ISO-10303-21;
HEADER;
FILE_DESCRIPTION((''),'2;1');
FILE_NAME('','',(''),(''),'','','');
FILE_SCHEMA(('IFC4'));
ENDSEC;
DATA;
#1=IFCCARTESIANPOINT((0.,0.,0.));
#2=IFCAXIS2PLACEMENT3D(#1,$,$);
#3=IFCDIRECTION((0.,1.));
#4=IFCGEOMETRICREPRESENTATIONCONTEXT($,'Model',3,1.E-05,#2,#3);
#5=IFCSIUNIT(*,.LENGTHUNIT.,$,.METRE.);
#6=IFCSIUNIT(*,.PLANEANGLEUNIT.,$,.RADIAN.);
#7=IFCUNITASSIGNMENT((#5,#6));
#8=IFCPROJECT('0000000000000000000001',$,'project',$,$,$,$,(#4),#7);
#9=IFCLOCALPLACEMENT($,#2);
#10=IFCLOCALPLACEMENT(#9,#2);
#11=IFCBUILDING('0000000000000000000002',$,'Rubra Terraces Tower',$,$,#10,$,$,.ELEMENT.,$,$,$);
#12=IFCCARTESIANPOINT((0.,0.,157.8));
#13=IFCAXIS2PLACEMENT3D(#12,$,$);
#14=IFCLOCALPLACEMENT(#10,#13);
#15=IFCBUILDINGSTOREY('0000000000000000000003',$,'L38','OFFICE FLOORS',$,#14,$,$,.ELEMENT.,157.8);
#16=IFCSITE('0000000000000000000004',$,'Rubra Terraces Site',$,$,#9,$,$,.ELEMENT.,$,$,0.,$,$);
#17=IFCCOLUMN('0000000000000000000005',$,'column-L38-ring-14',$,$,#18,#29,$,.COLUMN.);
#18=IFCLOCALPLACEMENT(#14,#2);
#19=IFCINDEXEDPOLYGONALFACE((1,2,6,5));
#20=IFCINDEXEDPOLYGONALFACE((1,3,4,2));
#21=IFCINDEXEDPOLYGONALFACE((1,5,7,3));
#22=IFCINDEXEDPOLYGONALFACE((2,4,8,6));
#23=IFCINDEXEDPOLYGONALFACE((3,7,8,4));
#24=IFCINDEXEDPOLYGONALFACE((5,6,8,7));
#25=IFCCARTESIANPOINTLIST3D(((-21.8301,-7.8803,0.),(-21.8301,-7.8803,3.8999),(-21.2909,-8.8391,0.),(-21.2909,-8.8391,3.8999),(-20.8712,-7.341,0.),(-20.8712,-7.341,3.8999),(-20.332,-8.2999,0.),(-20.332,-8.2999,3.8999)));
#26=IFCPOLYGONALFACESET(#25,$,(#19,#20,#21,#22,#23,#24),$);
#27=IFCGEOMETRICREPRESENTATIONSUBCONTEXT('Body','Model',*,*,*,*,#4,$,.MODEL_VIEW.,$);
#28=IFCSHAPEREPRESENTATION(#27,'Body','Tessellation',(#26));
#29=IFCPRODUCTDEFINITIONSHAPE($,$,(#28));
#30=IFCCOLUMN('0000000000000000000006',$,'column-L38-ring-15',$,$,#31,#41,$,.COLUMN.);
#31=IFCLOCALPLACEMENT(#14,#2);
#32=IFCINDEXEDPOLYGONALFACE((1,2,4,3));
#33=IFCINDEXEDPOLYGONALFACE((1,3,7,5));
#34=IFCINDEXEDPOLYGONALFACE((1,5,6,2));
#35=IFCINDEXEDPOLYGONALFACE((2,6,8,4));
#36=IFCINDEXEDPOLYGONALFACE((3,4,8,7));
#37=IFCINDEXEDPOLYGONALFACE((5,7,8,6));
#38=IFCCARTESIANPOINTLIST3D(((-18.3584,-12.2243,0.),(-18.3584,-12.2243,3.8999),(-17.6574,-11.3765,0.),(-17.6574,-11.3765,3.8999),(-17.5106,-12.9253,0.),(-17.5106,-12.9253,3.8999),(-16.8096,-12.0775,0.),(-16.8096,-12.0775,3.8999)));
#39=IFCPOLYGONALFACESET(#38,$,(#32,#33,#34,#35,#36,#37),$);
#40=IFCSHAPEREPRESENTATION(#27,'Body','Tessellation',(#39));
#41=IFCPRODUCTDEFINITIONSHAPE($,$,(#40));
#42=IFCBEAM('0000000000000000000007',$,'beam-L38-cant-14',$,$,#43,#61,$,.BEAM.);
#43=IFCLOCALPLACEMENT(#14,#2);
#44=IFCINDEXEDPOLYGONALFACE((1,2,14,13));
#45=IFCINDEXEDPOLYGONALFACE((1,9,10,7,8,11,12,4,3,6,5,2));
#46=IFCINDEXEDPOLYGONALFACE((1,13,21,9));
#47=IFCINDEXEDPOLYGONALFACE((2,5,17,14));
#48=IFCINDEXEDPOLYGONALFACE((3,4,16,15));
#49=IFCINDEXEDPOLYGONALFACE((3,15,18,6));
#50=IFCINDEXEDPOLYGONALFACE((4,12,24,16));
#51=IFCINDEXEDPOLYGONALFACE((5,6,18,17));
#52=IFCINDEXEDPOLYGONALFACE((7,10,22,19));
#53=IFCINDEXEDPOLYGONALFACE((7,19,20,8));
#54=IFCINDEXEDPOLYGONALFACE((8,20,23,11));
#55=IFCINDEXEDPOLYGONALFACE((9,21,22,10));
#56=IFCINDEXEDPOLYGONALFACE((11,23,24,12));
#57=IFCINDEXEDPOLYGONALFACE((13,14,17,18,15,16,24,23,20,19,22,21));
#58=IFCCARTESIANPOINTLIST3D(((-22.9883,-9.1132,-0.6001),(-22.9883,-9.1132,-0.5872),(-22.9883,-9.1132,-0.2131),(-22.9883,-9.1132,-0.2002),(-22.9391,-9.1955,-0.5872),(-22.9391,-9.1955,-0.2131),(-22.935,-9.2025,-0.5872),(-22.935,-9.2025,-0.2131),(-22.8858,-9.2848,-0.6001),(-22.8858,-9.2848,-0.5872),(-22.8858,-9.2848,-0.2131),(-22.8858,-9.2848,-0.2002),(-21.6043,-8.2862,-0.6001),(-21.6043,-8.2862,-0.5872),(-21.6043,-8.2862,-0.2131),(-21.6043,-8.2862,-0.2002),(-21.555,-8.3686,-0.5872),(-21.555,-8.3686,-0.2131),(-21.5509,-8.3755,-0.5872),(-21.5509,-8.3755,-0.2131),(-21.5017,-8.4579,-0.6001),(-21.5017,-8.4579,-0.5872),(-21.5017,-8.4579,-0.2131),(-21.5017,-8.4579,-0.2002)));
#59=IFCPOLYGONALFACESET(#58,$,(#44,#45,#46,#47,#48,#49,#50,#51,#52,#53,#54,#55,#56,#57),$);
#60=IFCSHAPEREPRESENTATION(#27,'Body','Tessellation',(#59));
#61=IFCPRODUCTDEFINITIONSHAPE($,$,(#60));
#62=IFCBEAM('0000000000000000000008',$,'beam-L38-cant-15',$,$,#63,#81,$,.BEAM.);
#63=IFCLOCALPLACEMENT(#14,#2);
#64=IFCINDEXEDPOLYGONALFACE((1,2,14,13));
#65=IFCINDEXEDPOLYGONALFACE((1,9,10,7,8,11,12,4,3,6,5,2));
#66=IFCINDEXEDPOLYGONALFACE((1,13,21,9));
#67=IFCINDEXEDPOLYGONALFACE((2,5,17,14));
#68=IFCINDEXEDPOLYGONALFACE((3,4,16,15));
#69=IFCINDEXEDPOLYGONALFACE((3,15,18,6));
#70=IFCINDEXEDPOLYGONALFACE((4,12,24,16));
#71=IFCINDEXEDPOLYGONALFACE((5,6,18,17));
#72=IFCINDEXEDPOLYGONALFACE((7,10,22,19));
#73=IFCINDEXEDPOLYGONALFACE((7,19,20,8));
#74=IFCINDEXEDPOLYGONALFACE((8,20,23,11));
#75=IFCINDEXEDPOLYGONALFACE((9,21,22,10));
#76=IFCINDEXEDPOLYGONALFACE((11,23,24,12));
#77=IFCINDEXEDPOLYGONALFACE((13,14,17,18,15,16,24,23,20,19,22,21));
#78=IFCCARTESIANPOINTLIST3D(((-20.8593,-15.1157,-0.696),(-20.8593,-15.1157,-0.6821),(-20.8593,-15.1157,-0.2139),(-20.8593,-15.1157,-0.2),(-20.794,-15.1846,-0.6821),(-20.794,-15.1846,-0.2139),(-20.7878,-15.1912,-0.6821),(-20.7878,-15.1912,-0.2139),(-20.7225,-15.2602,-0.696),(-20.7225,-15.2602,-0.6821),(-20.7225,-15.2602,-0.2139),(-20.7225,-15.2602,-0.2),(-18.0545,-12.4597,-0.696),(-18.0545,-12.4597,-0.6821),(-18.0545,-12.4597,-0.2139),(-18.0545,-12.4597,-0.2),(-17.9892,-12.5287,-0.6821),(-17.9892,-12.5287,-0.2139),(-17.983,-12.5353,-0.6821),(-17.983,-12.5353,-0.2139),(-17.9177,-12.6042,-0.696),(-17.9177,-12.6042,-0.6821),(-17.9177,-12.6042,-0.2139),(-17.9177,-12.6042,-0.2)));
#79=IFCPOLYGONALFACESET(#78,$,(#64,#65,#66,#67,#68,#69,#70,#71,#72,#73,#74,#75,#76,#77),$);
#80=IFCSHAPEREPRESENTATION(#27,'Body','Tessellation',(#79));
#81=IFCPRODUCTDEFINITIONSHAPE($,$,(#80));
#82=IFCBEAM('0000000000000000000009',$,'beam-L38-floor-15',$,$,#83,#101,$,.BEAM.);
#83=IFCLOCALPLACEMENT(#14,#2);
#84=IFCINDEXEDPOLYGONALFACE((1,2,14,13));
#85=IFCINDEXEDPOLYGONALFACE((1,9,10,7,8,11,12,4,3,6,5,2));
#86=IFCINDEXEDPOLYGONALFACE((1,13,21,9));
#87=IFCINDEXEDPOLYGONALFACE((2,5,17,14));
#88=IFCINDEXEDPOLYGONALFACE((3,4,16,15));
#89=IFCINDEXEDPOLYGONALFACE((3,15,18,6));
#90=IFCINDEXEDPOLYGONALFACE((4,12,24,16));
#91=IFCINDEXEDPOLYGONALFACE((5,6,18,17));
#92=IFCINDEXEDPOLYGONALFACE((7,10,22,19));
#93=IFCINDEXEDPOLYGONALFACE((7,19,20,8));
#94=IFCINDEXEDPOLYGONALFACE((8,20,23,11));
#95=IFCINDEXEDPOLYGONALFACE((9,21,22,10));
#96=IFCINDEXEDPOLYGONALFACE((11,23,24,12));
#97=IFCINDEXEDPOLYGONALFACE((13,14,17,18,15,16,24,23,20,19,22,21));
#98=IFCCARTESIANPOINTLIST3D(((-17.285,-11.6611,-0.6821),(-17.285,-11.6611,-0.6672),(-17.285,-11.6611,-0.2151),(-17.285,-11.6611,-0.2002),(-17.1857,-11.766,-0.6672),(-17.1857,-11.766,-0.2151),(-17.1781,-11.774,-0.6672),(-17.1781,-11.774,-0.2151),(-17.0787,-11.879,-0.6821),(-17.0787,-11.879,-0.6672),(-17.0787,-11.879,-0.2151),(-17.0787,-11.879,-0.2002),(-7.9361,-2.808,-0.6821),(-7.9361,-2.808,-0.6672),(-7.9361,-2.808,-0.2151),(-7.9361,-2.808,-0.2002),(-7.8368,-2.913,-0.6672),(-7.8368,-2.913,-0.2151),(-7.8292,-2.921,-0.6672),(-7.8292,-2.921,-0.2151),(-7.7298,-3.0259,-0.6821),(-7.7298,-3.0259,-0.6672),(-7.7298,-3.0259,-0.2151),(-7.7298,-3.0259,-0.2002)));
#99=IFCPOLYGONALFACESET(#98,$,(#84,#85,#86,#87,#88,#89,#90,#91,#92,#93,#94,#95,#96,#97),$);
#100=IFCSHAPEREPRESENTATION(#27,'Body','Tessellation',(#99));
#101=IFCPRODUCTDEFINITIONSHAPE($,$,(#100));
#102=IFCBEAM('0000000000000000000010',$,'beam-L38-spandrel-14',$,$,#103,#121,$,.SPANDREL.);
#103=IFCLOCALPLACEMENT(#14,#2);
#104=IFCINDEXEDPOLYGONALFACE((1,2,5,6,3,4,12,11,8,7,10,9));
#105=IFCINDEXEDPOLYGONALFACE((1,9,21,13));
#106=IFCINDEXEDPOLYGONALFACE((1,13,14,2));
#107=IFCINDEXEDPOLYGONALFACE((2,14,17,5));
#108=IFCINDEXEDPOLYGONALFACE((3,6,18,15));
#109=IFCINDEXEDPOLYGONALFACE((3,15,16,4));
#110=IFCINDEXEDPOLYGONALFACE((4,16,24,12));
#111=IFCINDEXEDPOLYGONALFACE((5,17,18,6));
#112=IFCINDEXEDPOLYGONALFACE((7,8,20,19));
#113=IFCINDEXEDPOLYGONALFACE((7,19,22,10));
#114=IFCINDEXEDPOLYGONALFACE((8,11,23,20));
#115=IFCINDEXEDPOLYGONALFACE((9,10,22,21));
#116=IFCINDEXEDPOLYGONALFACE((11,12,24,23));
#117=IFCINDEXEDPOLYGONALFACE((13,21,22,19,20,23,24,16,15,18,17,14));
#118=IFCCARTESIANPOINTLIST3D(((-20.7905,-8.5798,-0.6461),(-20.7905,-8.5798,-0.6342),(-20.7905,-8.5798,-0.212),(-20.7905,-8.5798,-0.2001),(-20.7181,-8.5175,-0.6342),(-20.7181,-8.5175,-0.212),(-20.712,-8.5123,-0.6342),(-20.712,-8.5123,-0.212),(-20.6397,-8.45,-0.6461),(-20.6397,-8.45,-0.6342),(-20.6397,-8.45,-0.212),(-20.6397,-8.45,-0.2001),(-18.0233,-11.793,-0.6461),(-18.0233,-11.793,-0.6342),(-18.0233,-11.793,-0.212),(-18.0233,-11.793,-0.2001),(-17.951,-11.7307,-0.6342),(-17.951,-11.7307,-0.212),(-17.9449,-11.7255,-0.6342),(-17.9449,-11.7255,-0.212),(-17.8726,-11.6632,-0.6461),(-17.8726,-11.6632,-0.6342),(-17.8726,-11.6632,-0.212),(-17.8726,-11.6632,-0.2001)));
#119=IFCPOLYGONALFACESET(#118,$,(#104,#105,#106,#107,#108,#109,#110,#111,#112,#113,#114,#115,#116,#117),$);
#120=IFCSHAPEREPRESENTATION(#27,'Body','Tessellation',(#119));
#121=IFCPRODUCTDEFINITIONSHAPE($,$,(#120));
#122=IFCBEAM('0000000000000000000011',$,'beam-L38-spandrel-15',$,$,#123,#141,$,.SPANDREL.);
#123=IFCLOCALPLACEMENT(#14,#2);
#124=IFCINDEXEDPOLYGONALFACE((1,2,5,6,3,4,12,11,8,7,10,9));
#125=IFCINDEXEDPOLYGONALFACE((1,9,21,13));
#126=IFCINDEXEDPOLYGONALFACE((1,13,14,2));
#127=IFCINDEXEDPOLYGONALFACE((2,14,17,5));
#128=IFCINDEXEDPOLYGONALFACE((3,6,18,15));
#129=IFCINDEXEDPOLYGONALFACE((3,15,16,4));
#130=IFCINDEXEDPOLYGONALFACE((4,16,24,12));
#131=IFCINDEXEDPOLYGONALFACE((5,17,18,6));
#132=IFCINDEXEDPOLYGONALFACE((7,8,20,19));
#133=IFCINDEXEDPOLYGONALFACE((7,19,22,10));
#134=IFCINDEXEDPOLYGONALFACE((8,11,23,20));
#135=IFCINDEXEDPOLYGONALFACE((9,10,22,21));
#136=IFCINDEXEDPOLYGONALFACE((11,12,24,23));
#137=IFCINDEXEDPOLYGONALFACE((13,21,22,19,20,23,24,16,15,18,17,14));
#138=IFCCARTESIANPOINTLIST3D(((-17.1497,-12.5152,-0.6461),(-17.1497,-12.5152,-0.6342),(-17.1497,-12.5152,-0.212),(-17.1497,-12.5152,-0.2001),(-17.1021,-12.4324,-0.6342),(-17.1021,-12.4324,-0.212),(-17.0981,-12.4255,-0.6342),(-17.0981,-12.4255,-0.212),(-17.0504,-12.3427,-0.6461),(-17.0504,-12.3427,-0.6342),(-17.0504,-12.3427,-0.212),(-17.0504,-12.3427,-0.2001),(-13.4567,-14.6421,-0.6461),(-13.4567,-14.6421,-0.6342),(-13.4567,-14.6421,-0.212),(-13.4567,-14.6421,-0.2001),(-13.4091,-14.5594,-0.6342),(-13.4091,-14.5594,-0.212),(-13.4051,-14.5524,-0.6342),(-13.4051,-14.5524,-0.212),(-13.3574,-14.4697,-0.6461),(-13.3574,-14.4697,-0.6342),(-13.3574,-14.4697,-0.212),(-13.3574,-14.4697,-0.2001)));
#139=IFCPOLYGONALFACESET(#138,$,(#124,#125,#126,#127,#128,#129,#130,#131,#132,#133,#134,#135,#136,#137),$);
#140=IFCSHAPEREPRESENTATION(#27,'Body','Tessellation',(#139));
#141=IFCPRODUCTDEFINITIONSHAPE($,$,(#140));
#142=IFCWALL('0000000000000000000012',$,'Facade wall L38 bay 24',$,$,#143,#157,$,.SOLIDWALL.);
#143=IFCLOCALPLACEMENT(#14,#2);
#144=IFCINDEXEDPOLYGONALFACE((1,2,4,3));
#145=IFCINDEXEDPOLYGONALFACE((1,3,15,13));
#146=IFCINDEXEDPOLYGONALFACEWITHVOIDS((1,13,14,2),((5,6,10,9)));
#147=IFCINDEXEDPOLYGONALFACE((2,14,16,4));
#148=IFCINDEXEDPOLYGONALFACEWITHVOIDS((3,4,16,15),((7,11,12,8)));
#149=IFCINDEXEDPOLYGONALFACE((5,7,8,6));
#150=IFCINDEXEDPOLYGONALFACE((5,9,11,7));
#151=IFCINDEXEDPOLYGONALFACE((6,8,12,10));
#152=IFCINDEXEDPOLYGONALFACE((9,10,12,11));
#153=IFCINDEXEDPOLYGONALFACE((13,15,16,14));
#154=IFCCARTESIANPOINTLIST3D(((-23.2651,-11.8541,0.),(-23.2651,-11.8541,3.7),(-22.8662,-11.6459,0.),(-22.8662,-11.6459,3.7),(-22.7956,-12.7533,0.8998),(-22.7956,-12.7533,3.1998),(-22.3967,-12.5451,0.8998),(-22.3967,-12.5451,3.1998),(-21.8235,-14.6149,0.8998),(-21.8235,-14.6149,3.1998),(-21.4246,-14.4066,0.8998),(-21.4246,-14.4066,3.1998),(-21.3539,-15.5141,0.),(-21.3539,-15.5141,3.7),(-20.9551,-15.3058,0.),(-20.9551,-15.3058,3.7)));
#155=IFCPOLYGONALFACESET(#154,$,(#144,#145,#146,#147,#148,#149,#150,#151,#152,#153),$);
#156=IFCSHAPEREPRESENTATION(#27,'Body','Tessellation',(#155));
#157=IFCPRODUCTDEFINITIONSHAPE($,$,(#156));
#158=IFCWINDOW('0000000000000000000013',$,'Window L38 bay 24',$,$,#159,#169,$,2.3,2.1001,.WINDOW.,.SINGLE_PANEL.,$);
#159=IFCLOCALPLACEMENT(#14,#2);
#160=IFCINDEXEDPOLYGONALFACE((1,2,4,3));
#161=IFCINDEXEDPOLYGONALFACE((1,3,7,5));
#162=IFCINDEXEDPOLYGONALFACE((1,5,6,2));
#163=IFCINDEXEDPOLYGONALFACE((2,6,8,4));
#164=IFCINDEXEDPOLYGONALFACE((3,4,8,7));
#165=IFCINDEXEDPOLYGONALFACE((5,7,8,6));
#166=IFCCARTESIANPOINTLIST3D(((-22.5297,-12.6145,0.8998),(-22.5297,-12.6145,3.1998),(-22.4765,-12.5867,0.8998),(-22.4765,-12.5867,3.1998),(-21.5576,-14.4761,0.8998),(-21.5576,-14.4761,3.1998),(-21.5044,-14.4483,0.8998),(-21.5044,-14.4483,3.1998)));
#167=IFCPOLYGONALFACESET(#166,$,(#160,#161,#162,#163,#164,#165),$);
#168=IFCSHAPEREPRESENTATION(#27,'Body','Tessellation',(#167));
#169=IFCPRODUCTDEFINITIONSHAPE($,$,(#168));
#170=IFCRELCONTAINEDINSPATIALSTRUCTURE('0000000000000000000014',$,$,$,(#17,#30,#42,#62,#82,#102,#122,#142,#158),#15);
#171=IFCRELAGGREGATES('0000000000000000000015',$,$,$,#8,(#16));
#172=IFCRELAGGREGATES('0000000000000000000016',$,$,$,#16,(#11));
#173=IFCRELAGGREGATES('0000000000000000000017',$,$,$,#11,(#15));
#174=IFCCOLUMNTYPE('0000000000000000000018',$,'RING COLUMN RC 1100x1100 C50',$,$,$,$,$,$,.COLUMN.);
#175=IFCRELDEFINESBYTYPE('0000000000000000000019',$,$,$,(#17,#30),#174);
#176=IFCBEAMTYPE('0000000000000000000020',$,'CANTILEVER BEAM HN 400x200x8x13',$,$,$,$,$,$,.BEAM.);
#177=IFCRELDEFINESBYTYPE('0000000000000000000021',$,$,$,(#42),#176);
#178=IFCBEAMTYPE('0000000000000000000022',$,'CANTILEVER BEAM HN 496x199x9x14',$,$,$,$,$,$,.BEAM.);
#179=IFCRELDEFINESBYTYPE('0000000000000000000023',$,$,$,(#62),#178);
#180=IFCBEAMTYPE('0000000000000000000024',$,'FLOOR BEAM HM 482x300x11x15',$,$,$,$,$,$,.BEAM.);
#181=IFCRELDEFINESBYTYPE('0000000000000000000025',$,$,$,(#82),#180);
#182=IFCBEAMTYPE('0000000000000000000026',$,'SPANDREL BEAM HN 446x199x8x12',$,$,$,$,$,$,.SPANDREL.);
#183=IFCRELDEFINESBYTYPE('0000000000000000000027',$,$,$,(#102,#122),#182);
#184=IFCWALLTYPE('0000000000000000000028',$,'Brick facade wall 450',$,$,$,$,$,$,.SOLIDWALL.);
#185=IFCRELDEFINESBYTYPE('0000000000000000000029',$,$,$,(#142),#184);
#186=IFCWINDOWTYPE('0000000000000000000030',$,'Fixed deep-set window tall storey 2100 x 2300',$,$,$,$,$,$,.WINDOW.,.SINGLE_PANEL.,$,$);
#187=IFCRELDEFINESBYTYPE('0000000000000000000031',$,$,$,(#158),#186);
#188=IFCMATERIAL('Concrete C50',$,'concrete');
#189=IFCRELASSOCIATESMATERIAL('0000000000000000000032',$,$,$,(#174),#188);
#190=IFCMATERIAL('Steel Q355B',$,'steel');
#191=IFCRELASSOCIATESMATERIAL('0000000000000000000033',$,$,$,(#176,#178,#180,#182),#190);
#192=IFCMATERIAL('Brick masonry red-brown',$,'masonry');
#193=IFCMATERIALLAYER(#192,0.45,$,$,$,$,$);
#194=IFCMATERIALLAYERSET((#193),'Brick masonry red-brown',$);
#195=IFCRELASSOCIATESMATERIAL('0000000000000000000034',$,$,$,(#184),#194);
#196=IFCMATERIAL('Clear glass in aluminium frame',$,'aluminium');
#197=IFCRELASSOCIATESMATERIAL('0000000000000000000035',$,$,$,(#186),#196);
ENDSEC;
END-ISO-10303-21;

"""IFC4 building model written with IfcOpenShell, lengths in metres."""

from ifc_helpers import new_model, si_unit, direction, frame, frame_2d, origin, origin_2d, place, context, subcontext, project, spatial, rectangle, i_section, extrude, material, layer, layer_set, material_profile, profile_set, type_object, element, fill, save


model = new_model("IFC4")

# Units and contexts
model_context = context("Model", 3, precision=1e-05, world=origin(), true_north=direction((0.0, 1.0)))
body_context = subcontext(model_context, "Body", "Model", "MODEL_VIEW")
ifc_project = project(units=[si_unit("LENGTHUNIT", "METRE"), si_unit("PLANEANGLEUNIT", "RADIAN")], contexts=[model_context])

# Site, building, storey
site_placement = place(None, origin())
site = spatial("IfcSite", under=ifc_project, at=site_placement, Name="Rubra Terraces Site", CompositionType="ELEMENT", RefElevation=0.0)
building_placement = place(site_placement, origin())
building = spatial("IfcBuilding", under=site, at=building_placement, Name="Rubra Terraces Tower", CompositionType="ELEMENT")
storey_placement = place(building_placement, frame((0.0, 0.0, 157.8)))
storey = spatial("IfcBuildingStorey", under=building, at=storey_placement, Name="L38", Description="OFFICE FLOORS", CompositionType="ELEMENT", Elevation=157.8)

# Columns
ifc_material_1 = material(Name="Concrete C50", Category="concrete")
ifc_material_profile_1 = material_profile(ifc_material_1, rectangle(XDim=1.1001, YDim=1.1001, at=origin_2d()), Name="RC 1100x1100")
ifc_profile_set_1 = profile_set([ifc_material_profile_1], Name="Concrete C50")
column_type = type_object("IfcColumnType", Name="RING COLUMN RC 1100x1100 C50", PredefinedType="COLUMN", material=ifc_profile_set_1)
for number, where, z_axis, x_axis, name in (
    (1, (-21.0811, -8.0901, 0.0), (0.0, 0.0, 1.0), (0.490162, -0.871631, 0.0), "column-L38-ring-14"),
    (2, (-17.584, -12.1509, 0.0), (0.0, 0.0, 1.0), (0.770679, -0.637223, 0.0), "column-L38-ring-15"),
):
    element("IfcColumn", number, at=place(storey_placement, frame(where, z_axis=z_axis, x_axis=x_axis)), inside=storey, type_object=column_type, Name=name, PredefinedType="COLUMN", context=body_context, shape_type="SweptSolid", body=[
        extrude(rectangle(XDim=1.1001, YDim=1.1001, at=origin_2d()), origin(), (0.0, 0.0, 1.0), 3.8999),
    ])

# Beams
ifc_material_2 = material(Name="Steel Q355B", Category="steel")
ifc_material_profile_2 = material_profile(ifc_material_2, i_section(OverallWidth=0.2, OverallDepth=0.3999, WebThickness=0.0081, FlangeThickness=0.0129, at=origin_2d()), Name="HN 400x200x8x13")
ifc_profile_set_2 = profile_set([ifc_material_profile_2], Name="Steel Q355B")
beam_type_1 = type_object("IfcBeamType", Name="CANTILEVER BEAM HN 400x200x8x13", PredefinedType="BEAM", material=ifc_profile_set_2)
beam_1_placement = place(storey_placement, frame((-21.553, -8.3721, -0.4001), z_axis=(-0.858453, -0.512891, 0.0), x_axis=(0.512891, -0.858453, 0.0)))
element("IfcBeam", 3, at=beam_1_placement, inside=storey, type_object=beam_type_1, Name="beam-L38-cant-14", PredefinedType="BEAM", context=body_context, shape_type="SweptSolid", body=[
    extrude(i_section(OverallWidth=0.2, OverallDepth=0.3999, WebThickness=0.0081, FlangeThickness=0.0129, at=origin_2d()), origin(), (0.0, 0.0, 1.0), 1.6123),
])
ifc_material_profile_3 = material_profile(ifc_material_2, i_section(OverallWidth=0.199, OverallDepth=0.4961, WebThickness=0.009, FlangeThickness=0.0139, at=origin_2d()), Name="HN 496x199x9x14")
ifc_profile_set_3 = profile_set([ifc_material_profile_3], Name="Steel Q355B")
beam_type_2 = type_object("IfcBeamType", Name="CANTILEVER BEAM HN 496x199x9x14", PredefinedType="BEAM", material=ifc_profile_set_3)
beam_2_placement = place(storey_placement, frame((-17.9861, -12.532, -0.448), z_axis=(-0.72612, -0.687568, 0.0), x_axis=(0.687568, -0.72612, 0.0)))
element("IfcBeam", 4, at=beam_2_placement, inside=storey, type_object=beam_type_2, Name="beam-L38-cant-15", PredefinedType="BEAM", context=body_context, shape_type="SweptSolid", body=[
    extrude(i_section(OverallWidth=0.199, OverallDepth=0.4961, WebThickness=0.009, FlangeThickness=0.0139, at=origin_2d()), origin(), (0.0, 0.0, 1.0), 3.8628),
])
ifc_material_profile_4 = material_profile(ifc_material_2, i_section(OverallWidth=0.3, OverallDepth=0.4819, WebThickness=0.011, FlangeThickness=0.0149, at=origin_2d()), Name="HM 482x300x11x15")
ifc_profile_set_4 = profile_set([ifc_material_profile_4], Name="Steel Q355B")
beam_type_3 = type_object("IfcBeamType", Name="FLOOR BEAM HM 482x300x11x15", PredefinedType="BEAM", material=ifc_profile_set_4)
beam_3_placement = place(storey_placement, frame((-17.1819, -11.77, -0.4412), z_axis=(0.7261, 0.687589, 0.0), x_axis=(-0.687589, 0.7261, 0.0)))
element("IfcBeam", 5, at=beam_3_placement, inside=storey, type_object=beam_type_3, Name="beam-L38-floor-15", PredefinedType="BEAM", context=body_context, shape_type="SweptSolid", body=[
    extrude(i_section(OverallWidth=0.3, OverallDepth=0.4819, WebThickness=0.011, FlangeThickness=0.0149, at=origin_2d()), origin(), (0.0, 0.0, 1.0), 12.8755),
])
ifc_material_profile_5 = material_profile(ifc_material_2, i_section(OverallWidth=0.199, OverallDepth=0.446, WebThickness=0.0081, FlangeThickness=0.012, at=origin_2d()), Name="HN 446x199x8x12")
ifc_profile_set_5 = profile_set([ifc_material_profile_5], Name="Steel Q355B")
beam_type_4 = type_object("IfcBeamType", Name="SPANDREL BEAM HN 446x199x8x12", PredefinedType="SPANDREL", material=ifc_profile_set_5)
beam_4_placement = place(storey_placement, frame((-20.7151, -8.5149, -0.4231), z_axis=(0.652553, -0.757743, 0.0), x_axis=(0.757743, 0.652553, 0.0)))
element("IfcBeam", 6, at=beam_4_placement, inside=storey, type_object=beam_type_4, Name="beam-L38-spandrel-14", PredefinedType="SPANDREL", context=body_context, shape_type="SweptSolid", body=[
    extrude(i_section(OverallWidth=0.199, OverallDepth=0.446, WebThickness=0.0081, FlangeThickness=0.012, at=origin_2d()), origin(), (0.0, 0.0, 1.0), 4.2405),
])
beam_5_placement = place(storey_placement, frame((-17.1001, -12.429, -0.4231), z_axis=(0.86656, -0.499073, 0.0), x_axis=(0.499073, 0.86656, 0.0)))
element("IfcBeam", 7, at=beam_5_placement, inside=storey, type_object=beam_type_4, Name="beam-L38-spandrel-15", PredefinedType="SPANDREL", context=body_context, shape_type="SweptSolid", body=[
    extrude(i_section(OverallWidth=0.199, OverallDepth=0.446, WebThickness=0.0081, FlangeThickness=0.012, at=origin_2d()), origin(), (0.0, 0.0, 1.0), 4.2617),
])

# Wall, opening, window
ifc_material_3 = material(Name="Brick masonry red-brown", Category="masonry")
ifc_layer_1 = layer(ifc_material_3, 0.45)
ifc_layer_set_1 = layer_set([ifc_layer_1], Name="Brick masonry red-brown")
wall_type_1 = type_object("IfcWallType", Name="Brick facade wall 450", PredefinedType="SOLIDWALL", material=ifc_layer_set_1)
wall_1_placement = place(storey_placement, frame((-23.0657, -11.75, 0.0), z_axis=(0.0, 0.0, 1.0), x_axis=(0.462873, -0.886425, 0.0)))
wall_1 = element("IfcWall", 8, at=wall_1_placement, inside=storey, type_object=wall_type_1, Name="Facade wall L38 bay 24", PredefinedType="SOLIDWALL", context=body_context, shape_type="SweptSolid", body=[
    extrude(rectangle(XDim=4.1289, YDim=0.45, at=frame_2d((2.0645, 0.0))), origin(), (0.0, 0.0, 1.0), 3.7),
])
opening_1_placement = place(wall_1_placement, frame((1.0144, 0.0, 0.8999)))
opening_1 = element("IfcOpeningElement", 9, at=opening_1_placement, cuts=wall_1, PredefinedType="OPENING", context=body_context, shape_type="SweptSolid", body=[
    extrude(rectangle(XDim=2.1001, YDim=2.3, at=frame_2d((1.05, 1.1499))), frame((0.0, 0.2349, 0.0), z_axis=(0.0, -1.0, 0.0), x_axis=(1.0, 0.0, 0.0)), (0.0, 0.0, 1.0), 0.47),
])
ifc_material_4 = material(Name="Clear glass in aluminium frame", Category="aluminium")
window_type = type_object("IfcWindowType", Name="Fixed deep-set window tall storey 2100 x 2300", PartitioningType="SINGLE_PANEL", PredefinedType="WINDOW", material=ifc_material_4)
window_1_placement = place(opening_1_placement, origin())
window_1 = element("IfcWindow", 10, at=window_1_placement, inside=storey, type_object=window_type, Name="Window L38 bay 24", OverallHeight=2.3, OverallWidth=2.1001, PartitioningType="SINGLE_PANEL", PredefinedType="WINDOW", context=body_context, shape_type="SweptSolid", body=[
    extrude(rectangle(XDim=2.1001, YDim=2.3, at=frame_2d((1.05, 1.1499))), frame((0.0, 0.135, 0.0), z_axis=(0.0, -1.0, 0.0), x_axis=(1.0, 0.0, 0.0)), (0.0, 0.0, 1.0), 0.0601),
])
fill(opening_1, window_1)

save(model, "model.ifc")
